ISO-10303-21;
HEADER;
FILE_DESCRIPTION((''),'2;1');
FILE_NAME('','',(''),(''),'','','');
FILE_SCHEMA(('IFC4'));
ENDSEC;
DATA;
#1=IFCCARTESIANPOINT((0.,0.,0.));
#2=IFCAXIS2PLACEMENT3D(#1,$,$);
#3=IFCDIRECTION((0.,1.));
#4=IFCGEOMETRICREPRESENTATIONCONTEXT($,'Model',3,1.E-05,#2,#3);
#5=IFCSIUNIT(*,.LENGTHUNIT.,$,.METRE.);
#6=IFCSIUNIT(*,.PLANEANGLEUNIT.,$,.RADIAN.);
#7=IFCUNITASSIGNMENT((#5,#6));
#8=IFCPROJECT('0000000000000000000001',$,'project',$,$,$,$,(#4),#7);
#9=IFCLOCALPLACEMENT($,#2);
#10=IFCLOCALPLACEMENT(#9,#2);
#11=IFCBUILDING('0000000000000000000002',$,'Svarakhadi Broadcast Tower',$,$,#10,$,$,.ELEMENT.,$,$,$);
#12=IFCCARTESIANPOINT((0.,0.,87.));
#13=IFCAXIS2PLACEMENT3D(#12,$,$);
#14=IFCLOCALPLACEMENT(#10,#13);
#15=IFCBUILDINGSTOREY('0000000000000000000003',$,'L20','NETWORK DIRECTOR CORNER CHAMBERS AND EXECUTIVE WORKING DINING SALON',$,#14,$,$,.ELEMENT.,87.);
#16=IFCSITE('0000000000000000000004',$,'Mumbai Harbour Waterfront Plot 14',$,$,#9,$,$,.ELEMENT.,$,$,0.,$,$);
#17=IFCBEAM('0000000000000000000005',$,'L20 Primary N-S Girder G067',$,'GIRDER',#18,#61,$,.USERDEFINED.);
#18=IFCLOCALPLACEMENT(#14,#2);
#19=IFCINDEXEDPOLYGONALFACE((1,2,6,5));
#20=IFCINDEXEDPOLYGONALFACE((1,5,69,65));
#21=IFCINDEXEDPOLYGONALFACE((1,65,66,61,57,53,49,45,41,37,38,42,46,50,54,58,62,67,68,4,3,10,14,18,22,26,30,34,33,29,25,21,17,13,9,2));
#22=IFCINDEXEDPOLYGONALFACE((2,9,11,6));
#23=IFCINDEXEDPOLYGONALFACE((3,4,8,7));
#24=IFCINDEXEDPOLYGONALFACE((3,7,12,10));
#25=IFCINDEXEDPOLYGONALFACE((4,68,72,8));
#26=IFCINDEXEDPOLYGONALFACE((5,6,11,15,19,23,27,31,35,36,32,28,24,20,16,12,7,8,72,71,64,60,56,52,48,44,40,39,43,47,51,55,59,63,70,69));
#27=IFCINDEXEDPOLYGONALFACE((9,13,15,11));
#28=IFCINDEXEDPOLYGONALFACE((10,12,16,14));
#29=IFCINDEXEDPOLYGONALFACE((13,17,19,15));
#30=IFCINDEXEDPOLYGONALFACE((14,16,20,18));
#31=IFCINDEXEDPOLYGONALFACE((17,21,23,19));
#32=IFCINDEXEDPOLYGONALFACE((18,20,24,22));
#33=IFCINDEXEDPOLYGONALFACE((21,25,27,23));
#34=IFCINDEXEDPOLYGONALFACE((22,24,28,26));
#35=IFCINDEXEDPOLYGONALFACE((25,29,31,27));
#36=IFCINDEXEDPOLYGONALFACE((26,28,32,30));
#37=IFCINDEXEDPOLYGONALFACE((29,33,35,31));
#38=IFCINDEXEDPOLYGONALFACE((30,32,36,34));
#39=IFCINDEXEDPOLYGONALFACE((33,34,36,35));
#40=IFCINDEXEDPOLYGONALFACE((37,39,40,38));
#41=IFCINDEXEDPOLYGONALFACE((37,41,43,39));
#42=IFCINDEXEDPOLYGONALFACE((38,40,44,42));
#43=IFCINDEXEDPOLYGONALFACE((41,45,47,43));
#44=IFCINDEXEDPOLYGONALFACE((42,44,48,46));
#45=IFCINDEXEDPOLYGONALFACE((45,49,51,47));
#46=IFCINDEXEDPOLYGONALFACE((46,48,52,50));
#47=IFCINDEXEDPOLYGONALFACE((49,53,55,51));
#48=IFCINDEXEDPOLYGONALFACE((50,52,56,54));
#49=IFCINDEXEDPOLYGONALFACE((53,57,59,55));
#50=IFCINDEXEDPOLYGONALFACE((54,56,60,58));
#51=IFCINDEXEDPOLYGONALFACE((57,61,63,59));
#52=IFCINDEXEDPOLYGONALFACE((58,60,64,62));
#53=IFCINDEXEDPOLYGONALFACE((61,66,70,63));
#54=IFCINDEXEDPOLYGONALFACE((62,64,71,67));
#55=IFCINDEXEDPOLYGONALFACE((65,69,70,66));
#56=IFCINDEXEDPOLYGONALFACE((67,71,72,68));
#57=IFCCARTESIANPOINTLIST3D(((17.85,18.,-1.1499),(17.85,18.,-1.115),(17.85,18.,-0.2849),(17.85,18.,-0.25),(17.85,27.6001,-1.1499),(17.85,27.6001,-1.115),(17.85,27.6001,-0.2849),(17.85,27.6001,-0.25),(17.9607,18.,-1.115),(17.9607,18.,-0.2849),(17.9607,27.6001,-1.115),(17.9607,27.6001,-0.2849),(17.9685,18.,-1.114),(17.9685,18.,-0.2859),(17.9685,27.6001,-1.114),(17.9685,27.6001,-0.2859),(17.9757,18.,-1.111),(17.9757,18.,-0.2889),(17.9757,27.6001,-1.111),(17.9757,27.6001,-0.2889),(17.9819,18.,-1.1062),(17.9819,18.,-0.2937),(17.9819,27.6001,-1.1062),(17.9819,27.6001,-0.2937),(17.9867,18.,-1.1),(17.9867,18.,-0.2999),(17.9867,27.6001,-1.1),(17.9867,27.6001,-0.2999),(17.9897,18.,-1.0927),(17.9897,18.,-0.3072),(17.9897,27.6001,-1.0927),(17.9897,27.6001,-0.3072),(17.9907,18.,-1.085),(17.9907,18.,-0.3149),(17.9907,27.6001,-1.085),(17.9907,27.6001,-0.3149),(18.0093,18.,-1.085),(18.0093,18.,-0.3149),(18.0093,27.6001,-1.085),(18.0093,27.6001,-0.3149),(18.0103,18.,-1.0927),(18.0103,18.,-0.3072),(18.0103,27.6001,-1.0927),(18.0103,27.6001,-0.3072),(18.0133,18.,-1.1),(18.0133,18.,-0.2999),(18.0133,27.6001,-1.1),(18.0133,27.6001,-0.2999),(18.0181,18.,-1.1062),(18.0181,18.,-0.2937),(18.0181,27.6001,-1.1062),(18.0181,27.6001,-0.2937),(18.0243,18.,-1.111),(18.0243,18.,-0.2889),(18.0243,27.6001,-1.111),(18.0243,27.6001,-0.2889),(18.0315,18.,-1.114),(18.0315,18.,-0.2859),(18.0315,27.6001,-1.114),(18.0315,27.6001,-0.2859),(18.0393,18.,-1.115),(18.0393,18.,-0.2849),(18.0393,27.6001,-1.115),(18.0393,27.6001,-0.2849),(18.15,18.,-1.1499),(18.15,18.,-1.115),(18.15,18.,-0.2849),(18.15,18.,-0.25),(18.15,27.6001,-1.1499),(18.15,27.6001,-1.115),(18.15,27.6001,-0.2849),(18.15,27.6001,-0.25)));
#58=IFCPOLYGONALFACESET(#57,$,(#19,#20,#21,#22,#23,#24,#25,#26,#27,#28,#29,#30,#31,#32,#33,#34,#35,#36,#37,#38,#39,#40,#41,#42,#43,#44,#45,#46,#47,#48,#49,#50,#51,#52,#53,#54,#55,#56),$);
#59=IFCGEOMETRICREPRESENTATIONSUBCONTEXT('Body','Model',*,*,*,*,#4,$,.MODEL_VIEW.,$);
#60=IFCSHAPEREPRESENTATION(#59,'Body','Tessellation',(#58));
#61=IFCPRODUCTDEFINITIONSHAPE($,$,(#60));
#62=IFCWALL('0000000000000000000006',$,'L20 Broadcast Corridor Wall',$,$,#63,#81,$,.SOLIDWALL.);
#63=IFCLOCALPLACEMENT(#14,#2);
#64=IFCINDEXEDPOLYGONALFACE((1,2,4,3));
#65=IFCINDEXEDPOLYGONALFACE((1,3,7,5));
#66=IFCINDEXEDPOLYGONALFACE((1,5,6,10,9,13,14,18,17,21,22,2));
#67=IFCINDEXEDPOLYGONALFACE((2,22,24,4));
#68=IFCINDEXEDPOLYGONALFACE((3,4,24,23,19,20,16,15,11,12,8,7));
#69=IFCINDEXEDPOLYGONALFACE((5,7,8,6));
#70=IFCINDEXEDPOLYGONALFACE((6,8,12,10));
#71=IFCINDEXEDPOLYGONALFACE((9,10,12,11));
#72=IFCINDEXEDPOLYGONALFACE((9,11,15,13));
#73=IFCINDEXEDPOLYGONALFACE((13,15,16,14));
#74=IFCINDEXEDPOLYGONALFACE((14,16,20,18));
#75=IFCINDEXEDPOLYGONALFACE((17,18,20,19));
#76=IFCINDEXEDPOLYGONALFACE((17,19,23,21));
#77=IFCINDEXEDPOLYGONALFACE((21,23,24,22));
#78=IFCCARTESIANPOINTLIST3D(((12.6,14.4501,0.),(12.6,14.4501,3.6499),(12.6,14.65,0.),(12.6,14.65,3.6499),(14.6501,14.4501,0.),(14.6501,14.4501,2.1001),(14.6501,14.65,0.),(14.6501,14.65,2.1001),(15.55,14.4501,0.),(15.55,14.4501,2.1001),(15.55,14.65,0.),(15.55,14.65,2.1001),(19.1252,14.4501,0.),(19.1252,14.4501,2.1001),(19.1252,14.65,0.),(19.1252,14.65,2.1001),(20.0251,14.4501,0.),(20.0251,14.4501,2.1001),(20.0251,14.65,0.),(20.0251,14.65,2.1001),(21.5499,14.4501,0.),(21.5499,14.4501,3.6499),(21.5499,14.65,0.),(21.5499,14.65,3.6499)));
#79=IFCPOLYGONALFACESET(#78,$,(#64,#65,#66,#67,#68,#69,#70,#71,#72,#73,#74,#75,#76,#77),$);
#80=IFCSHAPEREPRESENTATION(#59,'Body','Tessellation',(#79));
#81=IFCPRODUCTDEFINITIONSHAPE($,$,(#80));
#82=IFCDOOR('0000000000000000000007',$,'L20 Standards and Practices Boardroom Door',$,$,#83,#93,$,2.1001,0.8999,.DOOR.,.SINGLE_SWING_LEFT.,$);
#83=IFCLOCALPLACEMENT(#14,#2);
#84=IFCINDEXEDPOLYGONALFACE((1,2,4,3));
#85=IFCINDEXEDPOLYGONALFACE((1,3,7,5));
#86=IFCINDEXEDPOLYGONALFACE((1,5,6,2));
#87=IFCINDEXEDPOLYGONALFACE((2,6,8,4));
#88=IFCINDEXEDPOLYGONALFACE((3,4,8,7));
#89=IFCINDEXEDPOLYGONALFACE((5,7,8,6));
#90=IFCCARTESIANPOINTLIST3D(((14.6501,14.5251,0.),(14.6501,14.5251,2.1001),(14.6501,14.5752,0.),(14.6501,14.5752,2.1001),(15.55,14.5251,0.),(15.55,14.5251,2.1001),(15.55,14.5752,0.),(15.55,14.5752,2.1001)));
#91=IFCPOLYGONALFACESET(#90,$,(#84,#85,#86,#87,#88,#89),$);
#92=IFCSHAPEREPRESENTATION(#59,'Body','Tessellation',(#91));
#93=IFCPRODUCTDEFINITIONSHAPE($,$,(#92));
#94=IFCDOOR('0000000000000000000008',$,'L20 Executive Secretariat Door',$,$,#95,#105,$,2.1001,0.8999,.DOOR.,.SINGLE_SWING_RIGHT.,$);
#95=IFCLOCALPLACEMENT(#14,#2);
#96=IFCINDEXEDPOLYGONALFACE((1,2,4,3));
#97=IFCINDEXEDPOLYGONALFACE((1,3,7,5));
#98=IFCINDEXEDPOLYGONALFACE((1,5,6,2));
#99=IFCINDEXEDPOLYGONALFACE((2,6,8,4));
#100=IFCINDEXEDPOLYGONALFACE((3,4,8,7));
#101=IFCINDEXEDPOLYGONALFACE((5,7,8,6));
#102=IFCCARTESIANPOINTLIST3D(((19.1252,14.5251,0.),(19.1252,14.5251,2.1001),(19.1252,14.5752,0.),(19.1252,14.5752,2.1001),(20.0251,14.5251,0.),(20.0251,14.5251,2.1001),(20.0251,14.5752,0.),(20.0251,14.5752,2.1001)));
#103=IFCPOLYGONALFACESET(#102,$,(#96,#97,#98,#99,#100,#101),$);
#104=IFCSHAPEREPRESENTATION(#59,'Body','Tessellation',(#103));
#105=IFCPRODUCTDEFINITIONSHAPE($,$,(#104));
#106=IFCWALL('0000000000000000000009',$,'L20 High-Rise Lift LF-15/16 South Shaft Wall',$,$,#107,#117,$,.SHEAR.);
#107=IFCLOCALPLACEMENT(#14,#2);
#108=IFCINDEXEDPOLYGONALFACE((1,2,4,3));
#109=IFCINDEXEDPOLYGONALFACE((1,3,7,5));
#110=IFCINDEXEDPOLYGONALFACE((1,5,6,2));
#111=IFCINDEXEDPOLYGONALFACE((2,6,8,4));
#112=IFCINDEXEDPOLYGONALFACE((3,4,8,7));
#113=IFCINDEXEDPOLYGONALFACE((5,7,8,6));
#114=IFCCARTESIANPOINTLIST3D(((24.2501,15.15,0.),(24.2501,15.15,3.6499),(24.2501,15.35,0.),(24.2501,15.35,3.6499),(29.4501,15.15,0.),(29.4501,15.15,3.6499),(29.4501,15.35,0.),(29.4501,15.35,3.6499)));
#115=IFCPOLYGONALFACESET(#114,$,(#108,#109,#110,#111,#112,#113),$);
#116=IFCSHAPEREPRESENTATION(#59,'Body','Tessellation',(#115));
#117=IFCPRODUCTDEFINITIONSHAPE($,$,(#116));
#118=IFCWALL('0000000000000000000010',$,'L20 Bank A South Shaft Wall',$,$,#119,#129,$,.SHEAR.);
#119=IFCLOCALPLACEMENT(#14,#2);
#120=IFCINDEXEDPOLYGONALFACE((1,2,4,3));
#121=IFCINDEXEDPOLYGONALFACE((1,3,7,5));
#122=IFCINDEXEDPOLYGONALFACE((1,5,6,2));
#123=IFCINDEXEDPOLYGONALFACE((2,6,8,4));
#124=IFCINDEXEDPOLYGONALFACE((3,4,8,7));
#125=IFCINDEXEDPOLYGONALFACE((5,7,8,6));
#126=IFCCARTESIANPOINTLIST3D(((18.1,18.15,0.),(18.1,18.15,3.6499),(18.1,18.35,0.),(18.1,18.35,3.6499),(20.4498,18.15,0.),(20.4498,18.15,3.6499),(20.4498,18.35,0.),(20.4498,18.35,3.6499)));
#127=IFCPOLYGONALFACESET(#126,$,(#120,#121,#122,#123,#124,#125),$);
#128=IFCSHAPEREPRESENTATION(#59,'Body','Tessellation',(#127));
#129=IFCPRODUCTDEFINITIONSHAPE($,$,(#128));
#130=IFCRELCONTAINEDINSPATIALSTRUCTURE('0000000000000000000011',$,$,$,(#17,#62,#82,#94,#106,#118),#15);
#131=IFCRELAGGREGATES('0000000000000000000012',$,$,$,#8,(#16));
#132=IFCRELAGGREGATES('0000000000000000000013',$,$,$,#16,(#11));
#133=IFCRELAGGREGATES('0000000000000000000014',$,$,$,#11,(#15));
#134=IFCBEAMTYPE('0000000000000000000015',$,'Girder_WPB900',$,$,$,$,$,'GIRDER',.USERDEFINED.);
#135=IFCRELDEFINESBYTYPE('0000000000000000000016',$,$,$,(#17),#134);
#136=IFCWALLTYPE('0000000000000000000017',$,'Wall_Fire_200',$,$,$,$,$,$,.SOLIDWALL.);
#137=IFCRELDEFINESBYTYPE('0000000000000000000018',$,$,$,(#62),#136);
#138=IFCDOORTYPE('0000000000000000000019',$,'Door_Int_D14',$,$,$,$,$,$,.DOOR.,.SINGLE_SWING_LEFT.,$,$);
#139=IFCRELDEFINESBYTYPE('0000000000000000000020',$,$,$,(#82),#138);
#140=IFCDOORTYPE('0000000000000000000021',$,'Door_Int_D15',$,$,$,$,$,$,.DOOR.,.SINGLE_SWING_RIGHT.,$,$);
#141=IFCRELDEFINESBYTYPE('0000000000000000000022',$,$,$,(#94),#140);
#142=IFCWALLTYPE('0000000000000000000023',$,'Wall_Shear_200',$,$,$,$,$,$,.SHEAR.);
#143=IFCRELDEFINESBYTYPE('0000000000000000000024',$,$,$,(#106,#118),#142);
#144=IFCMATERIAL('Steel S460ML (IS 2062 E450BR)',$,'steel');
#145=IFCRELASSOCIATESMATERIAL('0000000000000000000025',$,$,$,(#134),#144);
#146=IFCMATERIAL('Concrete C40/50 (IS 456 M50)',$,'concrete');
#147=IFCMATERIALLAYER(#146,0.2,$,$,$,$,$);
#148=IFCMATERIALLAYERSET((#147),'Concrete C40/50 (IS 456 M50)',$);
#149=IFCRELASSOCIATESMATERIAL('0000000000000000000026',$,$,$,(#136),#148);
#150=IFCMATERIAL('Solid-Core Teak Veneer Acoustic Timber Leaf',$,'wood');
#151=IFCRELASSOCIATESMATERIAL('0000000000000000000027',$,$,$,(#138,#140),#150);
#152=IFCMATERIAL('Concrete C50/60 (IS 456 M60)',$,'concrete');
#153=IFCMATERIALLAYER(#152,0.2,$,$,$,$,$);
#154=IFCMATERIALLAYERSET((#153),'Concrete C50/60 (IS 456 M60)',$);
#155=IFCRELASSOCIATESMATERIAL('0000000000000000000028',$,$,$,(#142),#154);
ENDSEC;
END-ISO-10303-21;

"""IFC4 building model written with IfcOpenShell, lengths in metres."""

from ifc_helpers import new_model, si_unit, direction, frame, frame_2d, origin, origin_2d, place, context, subcontext, project, spatial, rectangle, i_section, extrude, material, layer, layer_set, material_profile, profile_set, type_object, element, fill, save


model = new_model("IFC4")

# Units and contexts
model_context = context("Model", 3, precision=1e-05, world=origin(), true_north=direction((0.0, 1.0)))
body_context = subcontext(model_context, "Body", "Model", "MODEL_VIEW")
ifc_project = project(units=[si_unit("LENGTHUNIT", "METRE"), si_unit("PLANEANGLEUNIT", "RADIAN")], contexts=[model_context])

# Site, building, storey
site_placement = place(None, origin())
site = spatial("IfcSite", under=ifc_project, at=site_placement, Name="Mumbai Harbour Waterfront Plot 14", CompositionType="ELEMENT", RefElevation=0.0)
building_placement = place(site_placement, origin())
building = spatial("IfcBuilding", under=site, at=building_placement, Name="Svarakhadi Broadcast Tower", CompositionType="ELEMENT")
storey_placement = place(building_placement, frame((0.0, 0.0, 87.0)))
storey = spatial("IfcBuildingStorey", under=building, at=storey_placement, Name="L20", Description="NETWORK DIRECTOR CORNER CHAMBERS AND EXECUTIVE WORKING DINING SALON", CompositionType="ELEMENT", Elevation=87.0)

# Beam
ifc_material_1 = material(Name="Steel S460ML (IS 2062 E450BR)", Category="steel")
ifc_material_profile_1 = material_profile(ifc_material_1, i_section(OverallWidth=0.3, OverallDepth=0.8999, WebThickness=0.0186, FlangeThickness=0.0349, FilletRadius=0.03, at=origin_2d()), Name="WPB 900x300x291")
ifc_profile_set_1 = profile_set([ifc_material_profile_1], Name="Steel S460ML (IS 2062 E450BR)")
beam_type_1 = type_object("IfcBeamType", Name="Girder_WPB900", ElementType="GIRDER", PredefinedType="USERDEFINED", material=ifc_profile_set_1)
for number, where, z_axis, x_axis, name in (
    (1, (18.0, 18.0, -0.7), (0.0, 1.0, 0.0), (-1.0, 0.0, 0.0), "L20 Primary N-S Girder G067"),
):
    element("IfcBeam", number, at=place(storey_placement, frame(where, z_axis=z_axis, x_axis=x_axis)), inside=storey, type_object=beam_type_1, Name=name, ObjectType="GIRDER", PredefinedType="USERDEFINED", context=body_context, shape_type="SweptSolid", body=[
        extrude(i_section(OverallWidth=0.3, OverallDepth=0.8999, WebThickness=0.0186, FlangeThickness=0.0349, FilletRadius=0.03, at=origin_2d()), origin(), (0.0, 0.0, 1.0), 9.6001),
    ])

# Wall, openings, doors
ifc_material_2 = material(Name="Concrete C40/50 (IS 456 M50)", Category="concrete")
ifc_layer_1 = layer(ifc_material_2, 0.2)
ifc_layer_set_1 = layer_set([ifc_layer_1], Name="Concrete C40/50 (IS 456 M50)")
wall_type_1 = type_object("IfcWallType", Name="Wall_Fire_200", PredefinedType="SOLIDWALL", material=ifc_layer_set_1)
wall_1_placement = place(storey_placement, frame((21.55, 14.55, 0.0), z_axis=(0.0, 0.0, 1.0), x_axis=(-1.0, 0.0, 0.0)))
wall_1 = element("IfcWall", 2, at=wall_1_placement, inside=storey, type_object=wall_type_1, Name="L20 Broadcast Corridor Wall", PredefinedType="SOLIDWALL", context=body_context, shape_type="SweptSolid", body=[
    extrude(rectangle(XDim=8.95, YDim=0.2, at=frame_2d((4.4751, 0.0))), origin(), (0.0, 0.0, 1.0), 3.6499),
])
opening_1_placement = place(wall_1_placement, frame((6.0, 0.0, 0.0)))
opening_1 = element("IfcOpeningElement", 3, at=opening_1_placement, cuts=wall_1, PredefinedType="OPENING", context=body_context, shape_type="SweptSolid", body=[
    extrude(rectangle(XDim=0.8999, YDim=2.1001, at=frame_2d((0.45, 1.05))), frame((0.0, 0.1099, 0.0), z_axis=(0.0, -1.0, 0.0), x_axis=(1.0, 0.0, 0.0)), (0.0, 0.0, 1.0), 0.22),
])
opening_2_placement = place(wall_1_placement, frame((1.5249, 0.0, 0.0)))
opening_2 = element("IfcOpeningElement", 4, at=opening_2_placement, cuts=wall_1, PredefinedType="OPENING", context=body_context, shape_type="SweptSolid", body=[
    extrude(rectangle(XDim=0.8999, YDim=2.1001, at=frame_2d((0.45, 1.05))), frame((0.0, 0.1099, 0.0), z_axis=(0.0, -1.0, 0.0), x_axis=(1.0, 0.0, 0.0)), (0.0, 0.0, 1.0), 0.22),
])
ifc_material_3 = material(Name="Solid-Core Teak Veneer Acoustic Timber Leaf", Category="wood")
door_type_1 = type_object("IfcDoorType", Name="Door_Int_D14", OperationType="SINGLE_SWING_LEFT", PredefinedType="DOOR", material=ifc_material_3)
door_1_placement = place(opening_1_placement, origin())
door_1 = element("IfcDoor", 5, at=door_1_placement, inside=storey, type_object=door_type_1, Name="L20 Standards and Practices Boardroom Door", OperationType="SINGLE_SWING_LEFT", OverallHeight=2.1001, OverallWidth=0.8999, PredefinedType="DOOR", context=body_context, shape_type="SweptSolid", body=[
    extrude(rectangle(XDim=0.8999, YDim=2.1001, at=frame_2d((0.45, 1.05))), frame((0.0, 0.0249, 0.0), z_axis=(0.0, -1.0, 0.0), x_axis=(1.0, 0.0, 0.0)), (0.0, 0.0, 1.0), 0.05),
])
fill(opening_1, door_1)
door_type_2 = type_object("IfcDoorType", Name="Door_Int_D15", OperationType="SINGLE_SWING_RIGHT", PredefinedType="DOOR", material=ifc_material_3)
door_2_placement = place(opening_2_placement, origin())
door_2 = element("IfcDoor", 6, at=door_2_placement, inside=storey, type_object=door_type_2, Name="L20 Executive Secretariat Door", OperationType="SINGLE_SWING_RIGHT", OverallHeight=2.1001, OverallWidth=0.8999, PredefinedType="DOOR", context=body_context, shape_type="SweptSolid", body=[
    extrude(rectangle(XDim=0.8999, YDim=2.1001, at=frame_2d((0.45, 1.05))), frame((0.0, 0.0249, 0.0), z_axis=(0.0, -1.0, 0.0), x_axis=(1.0, 0.0, 0.0)), (0.0, 0.0, 1.0), 0.05),
])
fill(opening_2, door_2)

# Walls
ifc_material_4 = material(Name="Concrete C50/60 (IS 456 M60)", Category="concrete")
ifc_layer_2 = layer(ifc_material_4, 0.2)
ifc_layer_set_2 = layer_set([ifc_layer_2], Name="Concrete C50/60 (IS 456 M60)")
wall_type_2 = type_object("IfcWallType", Name="Wall_Shear_200", PredefinedType="SHEAR", material=ifc_layer_set_2)
wall_2_placement = place(storey_placement, frame((24.25, 15.25, 0.0), z_axis=(0.0, 0.0, 1.0), x_axis=(1.0, 0.0, 0.0)))
element("IfcWall", 7, at=wall_2_placement, inside=storey, type_object=wall_type_2, Name="L20 High-Rise Lift LF-15/16 South Shaft Wall", PredefinedType="SHEAR", context=body_context, shape_type="SweptSolid", body=[
    extrude(rectangle(XDim=5.2, YDim=0.2, at=frame_2d((2.6001, 0.0))), origin(), (0.0, 0.0, 1.0), 3.6499),
])
wall_3_placement = place(storey_placement, frame((18.1001, 18.25, 0.0), z_axis=(0.0, 0.0, 1.0), x_axis=(1.0, 0.0, 0.0)))
element("IfcWall", 8, at=wall_3_placement, inside=storey, type_object=wall_type_2, Name="L20 Bank A South Shaft Wall", PredefinedType="SHEAR", context=body_context, shape_type="SweptSolid", body=[
    extrude(rectangle(XDim=2.3499, YDim=0.2, at=frame_2d((1.1748, 0.0))), origin(), (0.0, 0.0, 1.0), 3.6499),
])

save(model, "model.ifc")
